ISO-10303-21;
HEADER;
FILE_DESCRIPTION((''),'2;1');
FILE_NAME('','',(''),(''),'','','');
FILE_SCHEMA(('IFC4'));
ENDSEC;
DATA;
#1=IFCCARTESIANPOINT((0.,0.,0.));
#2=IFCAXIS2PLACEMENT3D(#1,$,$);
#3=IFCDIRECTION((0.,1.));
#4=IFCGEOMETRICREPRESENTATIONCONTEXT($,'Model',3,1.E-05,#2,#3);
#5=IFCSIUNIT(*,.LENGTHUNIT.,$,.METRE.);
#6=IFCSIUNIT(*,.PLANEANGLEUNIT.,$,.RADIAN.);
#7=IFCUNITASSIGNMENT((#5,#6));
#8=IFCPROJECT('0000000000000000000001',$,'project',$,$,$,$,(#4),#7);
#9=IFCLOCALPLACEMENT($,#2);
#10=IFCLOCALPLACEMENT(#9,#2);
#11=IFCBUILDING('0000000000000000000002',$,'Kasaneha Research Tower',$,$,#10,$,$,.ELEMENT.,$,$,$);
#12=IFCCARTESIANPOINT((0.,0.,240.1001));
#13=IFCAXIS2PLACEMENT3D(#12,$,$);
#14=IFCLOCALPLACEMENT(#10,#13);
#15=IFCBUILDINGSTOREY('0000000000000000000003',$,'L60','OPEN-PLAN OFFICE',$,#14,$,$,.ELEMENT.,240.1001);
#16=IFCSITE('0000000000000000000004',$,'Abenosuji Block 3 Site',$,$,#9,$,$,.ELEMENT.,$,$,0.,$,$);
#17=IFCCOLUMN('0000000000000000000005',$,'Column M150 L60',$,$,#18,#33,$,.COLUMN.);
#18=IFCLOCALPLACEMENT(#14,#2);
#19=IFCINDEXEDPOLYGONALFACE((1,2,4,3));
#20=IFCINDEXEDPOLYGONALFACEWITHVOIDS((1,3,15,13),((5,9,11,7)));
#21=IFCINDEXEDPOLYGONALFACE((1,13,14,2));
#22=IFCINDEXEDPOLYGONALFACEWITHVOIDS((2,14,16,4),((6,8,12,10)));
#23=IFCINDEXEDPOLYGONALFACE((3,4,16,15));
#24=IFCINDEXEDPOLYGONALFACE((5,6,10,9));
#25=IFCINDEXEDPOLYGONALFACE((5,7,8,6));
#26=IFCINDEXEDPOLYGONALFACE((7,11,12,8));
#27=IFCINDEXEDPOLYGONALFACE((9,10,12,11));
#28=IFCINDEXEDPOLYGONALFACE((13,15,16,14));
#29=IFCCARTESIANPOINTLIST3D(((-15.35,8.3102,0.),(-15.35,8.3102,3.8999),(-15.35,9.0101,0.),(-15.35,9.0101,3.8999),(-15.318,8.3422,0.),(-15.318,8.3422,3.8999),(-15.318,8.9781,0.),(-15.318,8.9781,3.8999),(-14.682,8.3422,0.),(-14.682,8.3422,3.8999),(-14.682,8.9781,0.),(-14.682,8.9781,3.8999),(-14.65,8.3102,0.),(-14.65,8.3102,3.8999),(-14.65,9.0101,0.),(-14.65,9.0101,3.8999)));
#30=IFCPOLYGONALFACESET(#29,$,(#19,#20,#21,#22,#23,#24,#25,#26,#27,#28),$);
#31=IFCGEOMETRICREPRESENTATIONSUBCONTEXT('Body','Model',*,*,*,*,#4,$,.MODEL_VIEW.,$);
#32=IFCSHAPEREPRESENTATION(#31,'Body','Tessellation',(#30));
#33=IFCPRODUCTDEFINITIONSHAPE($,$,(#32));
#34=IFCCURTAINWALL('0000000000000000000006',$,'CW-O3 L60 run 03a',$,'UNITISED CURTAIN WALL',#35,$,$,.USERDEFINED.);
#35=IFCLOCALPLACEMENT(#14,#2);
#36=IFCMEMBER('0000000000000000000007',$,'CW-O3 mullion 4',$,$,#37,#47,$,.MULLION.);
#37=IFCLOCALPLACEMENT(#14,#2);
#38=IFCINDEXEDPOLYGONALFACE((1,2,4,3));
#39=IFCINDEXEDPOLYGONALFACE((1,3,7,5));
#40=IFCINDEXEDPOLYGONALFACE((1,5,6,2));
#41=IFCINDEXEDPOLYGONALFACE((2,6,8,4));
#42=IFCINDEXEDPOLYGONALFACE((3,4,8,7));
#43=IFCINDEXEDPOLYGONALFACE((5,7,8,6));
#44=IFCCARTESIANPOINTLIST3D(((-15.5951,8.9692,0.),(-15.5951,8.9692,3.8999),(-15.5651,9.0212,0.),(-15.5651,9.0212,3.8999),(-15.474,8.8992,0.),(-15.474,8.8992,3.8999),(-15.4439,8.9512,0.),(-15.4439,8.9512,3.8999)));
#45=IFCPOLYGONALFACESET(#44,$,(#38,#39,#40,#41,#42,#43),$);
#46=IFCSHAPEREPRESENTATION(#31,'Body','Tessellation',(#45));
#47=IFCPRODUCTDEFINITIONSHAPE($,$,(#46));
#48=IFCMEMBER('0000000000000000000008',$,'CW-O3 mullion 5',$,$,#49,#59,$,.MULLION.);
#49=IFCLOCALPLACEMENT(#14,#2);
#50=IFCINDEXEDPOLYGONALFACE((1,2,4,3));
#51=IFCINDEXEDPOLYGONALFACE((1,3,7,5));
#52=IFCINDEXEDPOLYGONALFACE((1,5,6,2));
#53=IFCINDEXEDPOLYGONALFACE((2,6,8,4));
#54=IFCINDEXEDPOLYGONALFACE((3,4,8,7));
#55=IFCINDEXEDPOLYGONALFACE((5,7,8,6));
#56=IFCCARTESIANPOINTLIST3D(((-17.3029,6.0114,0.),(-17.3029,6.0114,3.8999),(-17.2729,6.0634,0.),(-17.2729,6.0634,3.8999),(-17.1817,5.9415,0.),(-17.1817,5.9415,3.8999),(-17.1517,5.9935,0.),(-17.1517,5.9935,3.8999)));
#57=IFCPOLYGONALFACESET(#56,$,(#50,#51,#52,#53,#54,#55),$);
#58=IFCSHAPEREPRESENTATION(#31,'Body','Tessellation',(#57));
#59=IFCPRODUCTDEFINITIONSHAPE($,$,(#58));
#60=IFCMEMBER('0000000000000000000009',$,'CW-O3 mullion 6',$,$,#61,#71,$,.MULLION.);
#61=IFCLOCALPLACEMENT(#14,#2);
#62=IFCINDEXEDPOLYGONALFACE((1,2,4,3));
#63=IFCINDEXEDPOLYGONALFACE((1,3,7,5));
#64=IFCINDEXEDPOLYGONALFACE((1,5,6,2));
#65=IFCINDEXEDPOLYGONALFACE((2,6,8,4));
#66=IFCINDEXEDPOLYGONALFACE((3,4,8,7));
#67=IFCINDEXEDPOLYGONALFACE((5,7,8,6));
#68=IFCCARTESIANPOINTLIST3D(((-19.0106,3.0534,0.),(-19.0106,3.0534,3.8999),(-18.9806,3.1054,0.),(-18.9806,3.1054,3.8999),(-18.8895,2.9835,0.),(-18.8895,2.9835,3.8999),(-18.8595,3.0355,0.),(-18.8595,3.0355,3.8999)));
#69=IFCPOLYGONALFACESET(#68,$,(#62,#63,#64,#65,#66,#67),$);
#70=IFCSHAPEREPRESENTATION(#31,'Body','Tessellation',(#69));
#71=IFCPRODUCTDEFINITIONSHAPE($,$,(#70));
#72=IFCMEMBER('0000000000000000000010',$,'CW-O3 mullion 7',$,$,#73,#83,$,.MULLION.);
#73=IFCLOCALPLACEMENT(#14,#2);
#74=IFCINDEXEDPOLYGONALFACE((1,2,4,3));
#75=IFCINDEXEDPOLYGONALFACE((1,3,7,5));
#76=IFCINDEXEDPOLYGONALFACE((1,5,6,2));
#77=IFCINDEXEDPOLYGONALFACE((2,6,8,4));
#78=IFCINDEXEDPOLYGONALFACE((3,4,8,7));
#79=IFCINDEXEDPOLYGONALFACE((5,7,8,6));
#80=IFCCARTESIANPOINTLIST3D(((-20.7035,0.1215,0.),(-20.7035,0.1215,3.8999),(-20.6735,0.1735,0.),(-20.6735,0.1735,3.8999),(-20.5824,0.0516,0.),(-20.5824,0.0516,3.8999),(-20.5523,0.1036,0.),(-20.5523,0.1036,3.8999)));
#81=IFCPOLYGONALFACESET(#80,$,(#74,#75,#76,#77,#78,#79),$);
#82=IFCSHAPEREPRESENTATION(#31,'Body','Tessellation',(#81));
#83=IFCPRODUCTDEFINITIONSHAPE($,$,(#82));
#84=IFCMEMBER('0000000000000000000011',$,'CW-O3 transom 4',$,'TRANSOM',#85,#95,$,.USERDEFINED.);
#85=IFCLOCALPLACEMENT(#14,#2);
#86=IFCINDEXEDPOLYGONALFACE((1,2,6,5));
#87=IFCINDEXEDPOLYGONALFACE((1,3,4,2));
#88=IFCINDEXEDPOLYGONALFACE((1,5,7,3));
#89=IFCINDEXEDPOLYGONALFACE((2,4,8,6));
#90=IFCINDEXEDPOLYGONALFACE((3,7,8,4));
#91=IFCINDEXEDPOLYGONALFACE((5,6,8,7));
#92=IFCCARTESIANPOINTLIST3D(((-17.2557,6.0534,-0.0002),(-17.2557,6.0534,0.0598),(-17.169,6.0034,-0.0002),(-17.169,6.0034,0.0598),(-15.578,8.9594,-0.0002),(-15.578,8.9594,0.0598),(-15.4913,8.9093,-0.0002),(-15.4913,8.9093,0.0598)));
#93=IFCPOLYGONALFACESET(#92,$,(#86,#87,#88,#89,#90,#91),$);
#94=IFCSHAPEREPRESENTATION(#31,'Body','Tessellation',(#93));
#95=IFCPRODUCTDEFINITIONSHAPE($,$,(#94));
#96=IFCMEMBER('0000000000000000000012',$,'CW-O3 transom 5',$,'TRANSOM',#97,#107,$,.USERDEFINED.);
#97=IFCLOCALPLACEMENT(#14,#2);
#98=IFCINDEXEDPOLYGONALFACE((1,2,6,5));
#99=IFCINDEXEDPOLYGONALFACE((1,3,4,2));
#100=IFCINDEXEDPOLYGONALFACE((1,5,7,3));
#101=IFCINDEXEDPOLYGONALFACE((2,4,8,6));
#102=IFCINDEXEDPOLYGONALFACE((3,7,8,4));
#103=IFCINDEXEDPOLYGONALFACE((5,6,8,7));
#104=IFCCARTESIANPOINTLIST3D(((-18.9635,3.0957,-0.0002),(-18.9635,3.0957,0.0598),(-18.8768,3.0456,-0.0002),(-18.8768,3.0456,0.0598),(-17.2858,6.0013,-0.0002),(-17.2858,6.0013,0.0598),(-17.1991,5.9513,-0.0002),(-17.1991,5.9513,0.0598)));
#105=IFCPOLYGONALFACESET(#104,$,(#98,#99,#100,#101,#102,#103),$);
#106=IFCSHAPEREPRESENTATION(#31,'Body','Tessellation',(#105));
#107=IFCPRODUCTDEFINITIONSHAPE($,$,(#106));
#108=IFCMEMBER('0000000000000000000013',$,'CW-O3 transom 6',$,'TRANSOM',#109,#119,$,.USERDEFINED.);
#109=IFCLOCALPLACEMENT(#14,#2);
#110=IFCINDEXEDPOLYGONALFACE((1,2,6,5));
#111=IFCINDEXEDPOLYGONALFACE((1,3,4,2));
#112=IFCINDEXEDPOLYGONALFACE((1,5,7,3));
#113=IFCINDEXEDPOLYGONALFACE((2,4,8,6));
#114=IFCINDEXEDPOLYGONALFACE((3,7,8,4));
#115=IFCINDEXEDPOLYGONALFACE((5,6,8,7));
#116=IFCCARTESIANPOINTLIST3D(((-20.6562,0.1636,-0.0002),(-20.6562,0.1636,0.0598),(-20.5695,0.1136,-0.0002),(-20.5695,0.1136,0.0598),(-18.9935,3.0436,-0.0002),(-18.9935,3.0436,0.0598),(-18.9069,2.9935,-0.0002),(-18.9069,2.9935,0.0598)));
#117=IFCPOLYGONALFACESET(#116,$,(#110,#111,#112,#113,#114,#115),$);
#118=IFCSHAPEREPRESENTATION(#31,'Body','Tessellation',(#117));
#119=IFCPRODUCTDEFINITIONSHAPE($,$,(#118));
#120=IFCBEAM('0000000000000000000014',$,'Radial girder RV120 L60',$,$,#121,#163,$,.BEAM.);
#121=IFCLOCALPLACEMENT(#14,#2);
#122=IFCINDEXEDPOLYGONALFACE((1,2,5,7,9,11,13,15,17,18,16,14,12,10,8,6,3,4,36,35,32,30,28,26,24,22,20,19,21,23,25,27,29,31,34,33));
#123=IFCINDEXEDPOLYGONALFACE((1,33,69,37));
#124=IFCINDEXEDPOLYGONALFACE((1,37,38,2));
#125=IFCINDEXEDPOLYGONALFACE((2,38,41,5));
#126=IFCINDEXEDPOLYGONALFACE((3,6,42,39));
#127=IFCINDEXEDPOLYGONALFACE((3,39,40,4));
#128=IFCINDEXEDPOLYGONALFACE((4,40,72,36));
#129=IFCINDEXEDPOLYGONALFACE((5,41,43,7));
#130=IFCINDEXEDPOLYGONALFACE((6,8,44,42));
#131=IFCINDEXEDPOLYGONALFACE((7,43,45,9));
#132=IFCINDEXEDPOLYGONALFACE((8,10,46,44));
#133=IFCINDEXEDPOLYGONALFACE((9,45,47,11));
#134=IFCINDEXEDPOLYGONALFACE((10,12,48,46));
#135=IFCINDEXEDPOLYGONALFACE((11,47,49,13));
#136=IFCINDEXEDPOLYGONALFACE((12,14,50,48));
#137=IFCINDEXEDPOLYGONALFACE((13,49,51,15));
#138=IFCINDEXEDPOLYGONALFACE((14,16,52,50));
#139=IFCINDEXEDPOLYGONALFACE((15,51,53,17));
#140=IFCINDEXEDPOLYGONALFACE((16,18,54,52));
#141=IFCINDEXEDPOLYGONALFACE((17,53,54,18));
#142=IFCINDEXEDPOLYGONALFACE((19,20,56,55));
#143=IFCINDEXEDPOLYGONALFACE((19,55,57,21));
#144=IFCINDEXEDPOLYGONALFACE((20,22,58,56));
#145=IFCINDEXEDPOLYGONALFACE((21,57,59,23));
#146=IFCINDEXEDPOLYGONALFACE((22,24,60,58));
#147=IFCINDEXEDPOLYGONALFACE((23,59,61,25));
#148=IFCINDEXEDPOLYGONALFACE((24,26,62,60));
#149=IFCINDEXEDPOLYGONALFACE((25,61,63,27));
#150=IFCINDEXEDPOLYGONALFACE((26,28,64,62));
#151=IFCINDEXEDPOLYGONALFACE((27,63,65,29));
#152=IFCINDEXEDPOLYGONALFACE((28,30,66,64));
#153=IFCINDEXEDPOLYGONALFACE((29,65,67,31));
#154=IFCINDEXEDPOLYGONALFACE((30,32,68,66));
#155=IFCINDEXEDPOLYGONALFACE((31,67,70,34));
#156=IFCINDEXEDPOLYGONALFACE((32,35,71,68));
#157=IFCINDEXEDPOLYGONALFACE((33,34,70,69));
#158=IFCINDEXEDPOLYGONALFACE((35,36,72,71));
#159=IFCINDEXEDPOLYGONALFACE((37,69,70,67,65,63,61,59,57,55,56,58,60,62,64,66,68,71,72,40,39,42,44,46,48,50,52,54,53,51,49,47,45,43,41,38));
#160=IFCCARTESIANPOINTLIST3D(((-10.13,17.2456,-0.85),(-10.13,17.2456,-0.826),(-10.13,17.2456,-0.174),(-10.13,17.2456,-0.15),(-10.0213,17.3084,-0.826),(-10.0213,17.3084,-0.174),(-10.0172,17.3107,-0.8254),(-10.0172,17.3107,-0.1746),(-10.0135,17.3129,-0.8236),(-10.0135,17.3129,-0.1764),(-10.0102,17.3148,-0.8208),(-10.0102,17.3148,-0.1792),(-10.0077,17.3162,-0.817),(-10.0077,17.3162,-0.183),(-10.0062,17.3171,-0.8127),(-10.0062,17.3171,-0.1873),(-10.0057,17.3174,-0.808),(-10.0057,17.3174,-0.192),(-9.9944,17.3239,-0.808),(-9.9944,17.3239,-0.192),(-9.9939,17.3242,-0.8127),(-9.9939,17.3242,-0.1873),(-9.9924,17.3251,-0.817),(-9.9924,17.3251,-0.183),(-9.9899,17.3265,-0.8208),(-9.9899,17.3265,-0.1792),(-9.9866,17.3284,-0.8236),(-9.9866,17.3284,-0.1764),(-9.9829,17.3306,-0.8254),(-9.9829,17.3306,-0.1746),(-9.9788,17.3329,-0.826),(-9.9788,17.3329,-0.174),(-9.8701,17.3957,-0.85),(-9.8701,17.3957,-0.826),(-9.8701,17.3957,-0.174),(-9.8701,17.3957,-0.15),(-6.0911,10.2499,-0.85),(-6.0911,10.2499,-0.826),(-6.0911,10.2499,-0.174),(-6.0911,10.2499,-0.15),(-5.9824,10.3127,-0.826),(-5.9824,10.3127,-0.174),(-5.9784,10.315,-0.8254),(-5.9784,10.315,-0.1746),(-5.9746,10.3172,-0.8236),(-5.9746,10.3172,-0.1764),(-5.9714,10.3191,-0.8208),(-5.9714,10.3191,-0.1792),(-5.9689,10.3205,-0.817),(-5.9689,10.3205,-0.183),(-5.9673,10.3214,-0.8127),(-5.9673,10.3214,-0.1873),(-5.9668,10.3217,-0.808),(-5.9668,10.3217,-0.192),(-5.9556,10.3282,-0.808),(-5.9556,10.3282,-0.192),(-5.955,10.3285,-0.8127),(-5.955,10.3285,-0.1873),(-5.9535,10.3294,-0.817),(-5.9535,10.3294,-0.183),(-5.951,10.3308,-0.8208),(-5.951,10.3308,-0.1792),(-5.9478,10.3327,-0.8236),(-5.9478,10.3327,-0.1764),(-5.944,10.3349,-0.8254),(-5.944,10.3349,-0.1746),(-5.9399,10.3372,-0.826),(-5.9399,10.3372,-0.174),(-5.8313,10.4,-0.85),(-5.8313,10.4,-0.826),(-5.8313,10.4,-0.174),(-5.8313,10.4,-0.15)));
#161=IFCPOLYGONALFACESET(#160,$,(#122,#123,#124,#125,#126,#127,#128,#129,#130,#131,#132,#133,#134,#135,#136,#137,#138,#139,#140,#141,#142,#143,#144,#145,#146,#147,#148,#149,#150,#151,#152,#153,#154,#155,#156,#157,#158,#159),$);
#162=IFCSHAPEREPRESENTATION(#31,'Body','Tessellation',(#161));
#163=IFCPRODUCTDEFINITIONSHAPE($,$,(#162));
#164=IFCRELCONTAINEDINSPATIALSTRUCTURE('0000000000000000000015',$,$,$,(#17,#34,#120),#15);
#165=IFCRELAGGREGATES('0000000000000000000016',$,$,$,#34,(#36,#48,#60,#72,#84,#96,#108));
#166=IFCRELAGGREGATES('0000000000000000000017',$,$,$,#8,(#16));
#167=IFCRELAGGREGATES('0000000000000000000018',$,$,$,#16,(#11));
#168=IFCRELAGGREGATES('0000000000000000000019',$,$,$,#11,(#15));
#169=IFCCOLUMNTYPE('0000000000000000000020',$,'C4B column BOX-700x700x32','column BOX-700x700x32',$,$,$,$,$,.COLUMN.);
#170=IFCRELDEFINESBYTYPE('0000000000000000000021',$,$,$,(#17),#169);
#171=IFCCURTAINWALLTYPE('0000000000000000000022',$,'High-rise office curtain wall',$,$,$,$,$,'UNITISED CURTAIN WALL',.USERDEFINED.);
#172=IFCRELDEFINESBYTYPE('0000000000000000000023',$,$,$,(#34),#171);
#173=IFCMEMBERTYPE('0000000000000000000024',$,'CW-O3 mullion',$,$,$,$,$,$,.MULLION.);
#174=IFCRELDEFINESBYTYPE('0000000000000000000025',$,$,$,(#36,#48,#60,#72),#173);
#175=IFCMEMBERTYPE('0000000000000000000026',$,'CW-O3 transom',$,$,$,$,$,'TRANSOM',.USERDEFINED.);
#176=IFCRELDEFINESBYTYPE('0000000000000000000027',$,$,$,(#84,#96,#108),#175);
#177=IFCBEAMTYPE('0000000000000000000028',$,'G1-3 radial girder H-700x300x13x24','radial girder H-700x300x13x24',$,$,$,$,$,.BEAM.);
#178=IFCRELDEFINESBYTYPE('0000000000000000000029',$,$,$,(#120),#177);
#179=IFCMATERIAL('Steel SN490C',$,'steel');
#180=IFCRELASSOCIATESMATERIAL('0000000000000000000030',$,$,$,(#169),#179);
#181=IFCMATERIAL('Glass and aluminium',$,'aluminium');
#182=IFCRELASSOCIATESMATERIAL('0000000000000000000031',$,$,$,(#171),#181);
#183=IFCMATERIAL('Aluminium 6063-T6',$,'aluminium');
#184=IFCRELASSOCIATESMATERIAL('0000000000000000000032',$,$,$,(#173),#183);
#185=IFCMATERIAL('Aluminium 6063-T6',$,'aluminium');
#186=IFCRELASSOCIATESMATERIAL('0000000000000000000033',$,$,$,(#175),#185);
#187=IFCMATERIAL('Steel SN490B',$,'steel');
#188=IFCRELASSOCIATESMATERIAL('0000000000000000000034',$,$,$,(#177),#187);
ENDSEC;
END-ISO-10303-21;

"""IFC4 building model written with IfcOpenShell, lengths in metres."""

from ifc_helpers import new_model, si_unit, direction, frame, origin, origin_2d, place, context, subcontext, project, spatial, rectangle, hollow_rectangle, i_section, extrude, material, material_profile, profile_set, type_object, element, aggregate, save


model = new_model("IFC4")

# Units and contexts
model_context = context("Model", 3, precision=1e-05, world=origin(), true_north=direction((0.0, 1.0)))
body_context = subcontext(model_context, "Body", "Model", "MODEL_VIEW")
ifc_project = project(units=[si_unit("LENGTHUNIT", "METRE"), si_unit("PLANEANGLEUNIT", "RADIAN")], contexts=[model_context])

# Site, building, storey
site_placement = place(None, origin())
site = spatial("IfcSite", under=ifc_project, at=site_placement, Name="Abenosuji Block 3 Site", CompositionType="ELEMENT", RefElevation=0.0)
building_placement = place(site_placement, origin())
building = spatial("IfcBuilding", under=site, at=building_placement, Name="Kasaneha Research Tower", CompositionType="ELEMENT")
storey_placement = place(building_placement, frame((0.0, 0.0, 240.1001)))
storey = spatial("IfcBuildingStorey", under=building, at=storey_placement, Name="L60", Description="OPEN-PLAN OFFICE", CompositionType="ELEMENT", Elevation=240.1001)

# Column
ifc_material_1 = material(Name="Steel SN490C", Category="steel")
ifc_material_profile_1 = material_profile(ifc_material_1, hollow_rectangle(XDim=0.7, YDim=0.7, WallThickness=0.032, at=origin_2d()), Name="BOX-700x700x32")
ifc_profile_set_1 = profile_set([ifc_material_profile_1], Name="Steel SN490C")
column_type = type_object("IfcColumnType", Name="C4B column BOX-700x700x32", Description="column BOX-700x700x32", PredefinedType="COLUMN", material=ifc_profile_set_1)
column_placement = place(storey_placement, frame((-15.0, 8.6602, 0.0), z_axis=(0.0, 0.0, 1.0), x_axis=(1.0, 0.0, 0.0)))
element("IfcColumn", 1, at=column_placement, inside=storey, type_object=column_type, Name="Column M150 L60", PredefinedType="COLUMN", context=body_context, shape_type="SweptSolid", body=[
    extrude(hollow_rectangle(XDim=0.7, YDim=0.7, WallThickness=0.032, at=origin_2d()), origin(), (0.0, 0.0, 1.0), 3.8999),
])

# Curtain wall, members
ifc_material_2 = material(Name="Glass and aluminium", Category="aluminium")
curtain_wall_type = type_object("IfcCurtainWallType", Name="High-rise office curtain wall", ElementType="UNITISED CURTAIN WALL", PredefinedType="USERDEFINED", material=ifc_material_2)
curtain_wall_placement = place(storey_placement, origin())
curtain_wall = element("IfcCurtainWall", 2, at=curtain_wall_placement, inside=storey, type_object=curtain_wall_type, Name="CW-O3 L60 run 03a", ObjectType="UNITISED CURTAIN WALL", PredefinedType="USERDEFINED")
ifc_material_3 = material(Name="Aluminium 6063-T6", Category="aluminium")
ifc_material_profile_2 = material_profile(ifc_material_3, rectangle(XDim=0.0601, YDim=0.1399, at=origin_2d()), Name="CW-O3 mullion 60x140")
ifc_profile_set_2 = profile_set([ifc_material_profile_2], Name="Aluminium 6063-T6")
member_type_1 = type_object("IfcMemberType", Name="CW-O3 mullion", PredefinedType="MULLION", material=ifc_profile_set_2)
member_1_placement = place(storey_placement, frame((-15.5195, 8.9602, 0.0), z_axis=(0.0, 0.0, 1.0), x_axis=(-0.5, -0.866025, 0.0)))
member_1 = element("IfcMember", 3, at=member_1_placement, type_object=member_type_1, Name="CW-O3 mullion 4", PredefinedType="MULLION", context=body_context, shape_type="SweptSolid", body=[
    extrude(rectangle(XDim=0.0601, YDim=0.1399, at=origin_2d()), origin(), (0.0, 0.0, 1.0), 3.8999),
])
member_2_placement = place(storey_placement, frame((-17.2273, 6.0024, 0.0), z_axis=(0.0, 0.0, 1.0), x_axis=(-0.5, -0.866025, 0.0)))
member_2 = element("IfcMember", 4, at=member_2_placement, type_object=member_type_1, Name="CW-O3 mullion 5", PredefinedType="MULLION", context=body_context, shape_type="SweptSolid", body=[
    extrude(rectangle(XDim=0.0601, YDim=0.1399, at=origin_2d()), origin(), (0.0, 0.0, 1.0), 3.8999),
])
member_3_placement = place(storey_placement, frame((-18.9351, 3.0444, 0.0), z_axis=(0.0, 0.0, 1.0), x_axis=(-0.5, -0.866025, 0.0)))
member_3 = element("IfcMember", 5, at=member_3_placement, type_object=member_type_1, Name="CW-O3 mullion 6", PredefinedType="MULLION", context=body_context, shape_type="SweptSolid", body=[
    extrude(rectangle(XDim=0.0601, YDim=0.1399, at=origin_2d()), origin(), (0.0, 0.0, 1.0), 3.8999),
])
member_4_placement = place(storey_placement, frame((-20.6279, 0.1125, 0.0), z_axis=(0.0, 0.0, 1.0), x_axis=(-0.5, -0.866025, 0.0)))
member_4 = element("IfcMember", 6, at=member_4_placement, type_object=member_type_1, Name="CW-O3 mullion 7", PredefinedType="MULLION", context=body_context, shape_type="SweptSolid", body=[
    extrude(rectangle(XDim=0.0601, YDim=0.1399, at=origin_2d()), origin(), (0.0, 0.0, 1.0), 3.8999),
])
ifc_material_4 = material(Name="Aluminium 6063-T6", Category="aluminium")
ifc_material_profile_3 = material_profile(ifc_material_4, rectangle(XDim=0.1001, YDim=0.0601, at=origin_2d()), Name="CW-O3 transom 100x60")
ifc_profile_set_3 = profile_set([ifc_material_profile_3], Name="Aluminium 6063-T6")
member_type_2 = type_object("IfcMemberType", Name="CW-O3 transom", ElementType="TRANSOM", PredefinedType="USERDEFINED", material=ifc_profile_set_3)
member_5_placement = place(storey_placement, frame((-15.5347, 8.9343, 0.0298), z_axis=(-0.499989, -0.866032, 0.0), x_axis=(0.866032, -0.499989, 0.0)))
member_5 = element("IfcMember", 7, at=member_5_placement, type_object=member_type_2, Name="CW-O3 transom 4", ObjectType="TRANSOM", PredefinedType="USERDEFINED", context=body_context, shape_type="SweptSolid", body=[
    extrude(rectangle(XDim=0.1001, YDim=0.0601, at=origin_2d()), origin(), (0.0, 0.0, 1.0), 3.3555),
])
member_6_placement = place(storey_placement, frame((-17.2424, 5.9763, 0.0298), z_axis=(-0.500021, -0.866014, 0.0), x_axis=(0.866014, -0.500021, 0.0)))
member_6 = element("IfcMember", 8, at=member_6_placement, type_object=member_type_2, Name="CW-O3 transom 5", ObjectType="TRANSOM", PredefinedType="USERDEFINED", context=body_context, shape_type="SweptSolid", body=[
    extrude(rectangle(XDim=0.1001, YDim=0.0601, at=origin_2d()), origin(), (0.0, 0.0, 1.0), 3.3552),
])
member_7_placement = place(storey_placement, frame((-18.9502, 3.0186, 0.0298), z_axis=(-0.499977, -0.866039, 0.0), x_axis=(0.866039, -0.499977, 0.0)))
member_7 = element("IfcMember", 9, at=member_7_placement, type_object=member_type_2, Name="CW-O3 transom 6", ObjectType="TRANSOM", PredefinedType="USERDEFINED", context=body_context, shape_type="SweptSolid", body=[
    extrude(rectangle(XDim=0.1001, YDim=0.0601, at=origin_2d()), origin(), (0.0, 0.0, 1.0), 3.3254),
])

# Beam
ifc_material_5 = material(Name="Steel SN490B", Category="steel")
ifc_material_profile_4 = material_profile(ifc_material_5, i_section(OverallWidth=0.3, OverallDepth=0.7, WebThickness=0.0129, FlangeThickness=0.0239, FilletRadius=0.0181, at=origin_2d()), Name="H-700x300x13x24")
ifc_profile_set_4 = profile_set([ifc_material_profile_4], Name="Steel SN490B")
beam_type_1 = type_object("IfcBeamType", Name="G1-3 radial girder H-700x300x13x24", Description="radial girder H-700x300x13x24", PredefinedType="BEAM", material=ifc_profile_set_4)
beam_1_placement = place(storey_placement, frame((-5.9612, 10.325, -0.5), z_axis=(-0.499991, 0.866031, 0.0), x_axis=(-0.866031, -0.499991, 0.0)))
element("IfcBeam", 10, at=beam_1_placement, inside=storey, type_object=beam_type_1, Name="Radial girder RV120 L60", PredefinedType="BEAM", context=body_context, shape_type="SweptSolid", body=[
    extrude(i_section(OverallWidth=0.3, OverallDepth=0.7, WebThickness=0.0129, FlangeThickness=0.0239, FilletRadius=0.0181, at=origin_2d()), origin(), (0.0, 0.0, 1.0), 8.0779),
])

aggregate(curtain_wall, [member_1, member_2, member_3, member_4, member_5, member_6, member_7])

save(model, "model.ifc")
